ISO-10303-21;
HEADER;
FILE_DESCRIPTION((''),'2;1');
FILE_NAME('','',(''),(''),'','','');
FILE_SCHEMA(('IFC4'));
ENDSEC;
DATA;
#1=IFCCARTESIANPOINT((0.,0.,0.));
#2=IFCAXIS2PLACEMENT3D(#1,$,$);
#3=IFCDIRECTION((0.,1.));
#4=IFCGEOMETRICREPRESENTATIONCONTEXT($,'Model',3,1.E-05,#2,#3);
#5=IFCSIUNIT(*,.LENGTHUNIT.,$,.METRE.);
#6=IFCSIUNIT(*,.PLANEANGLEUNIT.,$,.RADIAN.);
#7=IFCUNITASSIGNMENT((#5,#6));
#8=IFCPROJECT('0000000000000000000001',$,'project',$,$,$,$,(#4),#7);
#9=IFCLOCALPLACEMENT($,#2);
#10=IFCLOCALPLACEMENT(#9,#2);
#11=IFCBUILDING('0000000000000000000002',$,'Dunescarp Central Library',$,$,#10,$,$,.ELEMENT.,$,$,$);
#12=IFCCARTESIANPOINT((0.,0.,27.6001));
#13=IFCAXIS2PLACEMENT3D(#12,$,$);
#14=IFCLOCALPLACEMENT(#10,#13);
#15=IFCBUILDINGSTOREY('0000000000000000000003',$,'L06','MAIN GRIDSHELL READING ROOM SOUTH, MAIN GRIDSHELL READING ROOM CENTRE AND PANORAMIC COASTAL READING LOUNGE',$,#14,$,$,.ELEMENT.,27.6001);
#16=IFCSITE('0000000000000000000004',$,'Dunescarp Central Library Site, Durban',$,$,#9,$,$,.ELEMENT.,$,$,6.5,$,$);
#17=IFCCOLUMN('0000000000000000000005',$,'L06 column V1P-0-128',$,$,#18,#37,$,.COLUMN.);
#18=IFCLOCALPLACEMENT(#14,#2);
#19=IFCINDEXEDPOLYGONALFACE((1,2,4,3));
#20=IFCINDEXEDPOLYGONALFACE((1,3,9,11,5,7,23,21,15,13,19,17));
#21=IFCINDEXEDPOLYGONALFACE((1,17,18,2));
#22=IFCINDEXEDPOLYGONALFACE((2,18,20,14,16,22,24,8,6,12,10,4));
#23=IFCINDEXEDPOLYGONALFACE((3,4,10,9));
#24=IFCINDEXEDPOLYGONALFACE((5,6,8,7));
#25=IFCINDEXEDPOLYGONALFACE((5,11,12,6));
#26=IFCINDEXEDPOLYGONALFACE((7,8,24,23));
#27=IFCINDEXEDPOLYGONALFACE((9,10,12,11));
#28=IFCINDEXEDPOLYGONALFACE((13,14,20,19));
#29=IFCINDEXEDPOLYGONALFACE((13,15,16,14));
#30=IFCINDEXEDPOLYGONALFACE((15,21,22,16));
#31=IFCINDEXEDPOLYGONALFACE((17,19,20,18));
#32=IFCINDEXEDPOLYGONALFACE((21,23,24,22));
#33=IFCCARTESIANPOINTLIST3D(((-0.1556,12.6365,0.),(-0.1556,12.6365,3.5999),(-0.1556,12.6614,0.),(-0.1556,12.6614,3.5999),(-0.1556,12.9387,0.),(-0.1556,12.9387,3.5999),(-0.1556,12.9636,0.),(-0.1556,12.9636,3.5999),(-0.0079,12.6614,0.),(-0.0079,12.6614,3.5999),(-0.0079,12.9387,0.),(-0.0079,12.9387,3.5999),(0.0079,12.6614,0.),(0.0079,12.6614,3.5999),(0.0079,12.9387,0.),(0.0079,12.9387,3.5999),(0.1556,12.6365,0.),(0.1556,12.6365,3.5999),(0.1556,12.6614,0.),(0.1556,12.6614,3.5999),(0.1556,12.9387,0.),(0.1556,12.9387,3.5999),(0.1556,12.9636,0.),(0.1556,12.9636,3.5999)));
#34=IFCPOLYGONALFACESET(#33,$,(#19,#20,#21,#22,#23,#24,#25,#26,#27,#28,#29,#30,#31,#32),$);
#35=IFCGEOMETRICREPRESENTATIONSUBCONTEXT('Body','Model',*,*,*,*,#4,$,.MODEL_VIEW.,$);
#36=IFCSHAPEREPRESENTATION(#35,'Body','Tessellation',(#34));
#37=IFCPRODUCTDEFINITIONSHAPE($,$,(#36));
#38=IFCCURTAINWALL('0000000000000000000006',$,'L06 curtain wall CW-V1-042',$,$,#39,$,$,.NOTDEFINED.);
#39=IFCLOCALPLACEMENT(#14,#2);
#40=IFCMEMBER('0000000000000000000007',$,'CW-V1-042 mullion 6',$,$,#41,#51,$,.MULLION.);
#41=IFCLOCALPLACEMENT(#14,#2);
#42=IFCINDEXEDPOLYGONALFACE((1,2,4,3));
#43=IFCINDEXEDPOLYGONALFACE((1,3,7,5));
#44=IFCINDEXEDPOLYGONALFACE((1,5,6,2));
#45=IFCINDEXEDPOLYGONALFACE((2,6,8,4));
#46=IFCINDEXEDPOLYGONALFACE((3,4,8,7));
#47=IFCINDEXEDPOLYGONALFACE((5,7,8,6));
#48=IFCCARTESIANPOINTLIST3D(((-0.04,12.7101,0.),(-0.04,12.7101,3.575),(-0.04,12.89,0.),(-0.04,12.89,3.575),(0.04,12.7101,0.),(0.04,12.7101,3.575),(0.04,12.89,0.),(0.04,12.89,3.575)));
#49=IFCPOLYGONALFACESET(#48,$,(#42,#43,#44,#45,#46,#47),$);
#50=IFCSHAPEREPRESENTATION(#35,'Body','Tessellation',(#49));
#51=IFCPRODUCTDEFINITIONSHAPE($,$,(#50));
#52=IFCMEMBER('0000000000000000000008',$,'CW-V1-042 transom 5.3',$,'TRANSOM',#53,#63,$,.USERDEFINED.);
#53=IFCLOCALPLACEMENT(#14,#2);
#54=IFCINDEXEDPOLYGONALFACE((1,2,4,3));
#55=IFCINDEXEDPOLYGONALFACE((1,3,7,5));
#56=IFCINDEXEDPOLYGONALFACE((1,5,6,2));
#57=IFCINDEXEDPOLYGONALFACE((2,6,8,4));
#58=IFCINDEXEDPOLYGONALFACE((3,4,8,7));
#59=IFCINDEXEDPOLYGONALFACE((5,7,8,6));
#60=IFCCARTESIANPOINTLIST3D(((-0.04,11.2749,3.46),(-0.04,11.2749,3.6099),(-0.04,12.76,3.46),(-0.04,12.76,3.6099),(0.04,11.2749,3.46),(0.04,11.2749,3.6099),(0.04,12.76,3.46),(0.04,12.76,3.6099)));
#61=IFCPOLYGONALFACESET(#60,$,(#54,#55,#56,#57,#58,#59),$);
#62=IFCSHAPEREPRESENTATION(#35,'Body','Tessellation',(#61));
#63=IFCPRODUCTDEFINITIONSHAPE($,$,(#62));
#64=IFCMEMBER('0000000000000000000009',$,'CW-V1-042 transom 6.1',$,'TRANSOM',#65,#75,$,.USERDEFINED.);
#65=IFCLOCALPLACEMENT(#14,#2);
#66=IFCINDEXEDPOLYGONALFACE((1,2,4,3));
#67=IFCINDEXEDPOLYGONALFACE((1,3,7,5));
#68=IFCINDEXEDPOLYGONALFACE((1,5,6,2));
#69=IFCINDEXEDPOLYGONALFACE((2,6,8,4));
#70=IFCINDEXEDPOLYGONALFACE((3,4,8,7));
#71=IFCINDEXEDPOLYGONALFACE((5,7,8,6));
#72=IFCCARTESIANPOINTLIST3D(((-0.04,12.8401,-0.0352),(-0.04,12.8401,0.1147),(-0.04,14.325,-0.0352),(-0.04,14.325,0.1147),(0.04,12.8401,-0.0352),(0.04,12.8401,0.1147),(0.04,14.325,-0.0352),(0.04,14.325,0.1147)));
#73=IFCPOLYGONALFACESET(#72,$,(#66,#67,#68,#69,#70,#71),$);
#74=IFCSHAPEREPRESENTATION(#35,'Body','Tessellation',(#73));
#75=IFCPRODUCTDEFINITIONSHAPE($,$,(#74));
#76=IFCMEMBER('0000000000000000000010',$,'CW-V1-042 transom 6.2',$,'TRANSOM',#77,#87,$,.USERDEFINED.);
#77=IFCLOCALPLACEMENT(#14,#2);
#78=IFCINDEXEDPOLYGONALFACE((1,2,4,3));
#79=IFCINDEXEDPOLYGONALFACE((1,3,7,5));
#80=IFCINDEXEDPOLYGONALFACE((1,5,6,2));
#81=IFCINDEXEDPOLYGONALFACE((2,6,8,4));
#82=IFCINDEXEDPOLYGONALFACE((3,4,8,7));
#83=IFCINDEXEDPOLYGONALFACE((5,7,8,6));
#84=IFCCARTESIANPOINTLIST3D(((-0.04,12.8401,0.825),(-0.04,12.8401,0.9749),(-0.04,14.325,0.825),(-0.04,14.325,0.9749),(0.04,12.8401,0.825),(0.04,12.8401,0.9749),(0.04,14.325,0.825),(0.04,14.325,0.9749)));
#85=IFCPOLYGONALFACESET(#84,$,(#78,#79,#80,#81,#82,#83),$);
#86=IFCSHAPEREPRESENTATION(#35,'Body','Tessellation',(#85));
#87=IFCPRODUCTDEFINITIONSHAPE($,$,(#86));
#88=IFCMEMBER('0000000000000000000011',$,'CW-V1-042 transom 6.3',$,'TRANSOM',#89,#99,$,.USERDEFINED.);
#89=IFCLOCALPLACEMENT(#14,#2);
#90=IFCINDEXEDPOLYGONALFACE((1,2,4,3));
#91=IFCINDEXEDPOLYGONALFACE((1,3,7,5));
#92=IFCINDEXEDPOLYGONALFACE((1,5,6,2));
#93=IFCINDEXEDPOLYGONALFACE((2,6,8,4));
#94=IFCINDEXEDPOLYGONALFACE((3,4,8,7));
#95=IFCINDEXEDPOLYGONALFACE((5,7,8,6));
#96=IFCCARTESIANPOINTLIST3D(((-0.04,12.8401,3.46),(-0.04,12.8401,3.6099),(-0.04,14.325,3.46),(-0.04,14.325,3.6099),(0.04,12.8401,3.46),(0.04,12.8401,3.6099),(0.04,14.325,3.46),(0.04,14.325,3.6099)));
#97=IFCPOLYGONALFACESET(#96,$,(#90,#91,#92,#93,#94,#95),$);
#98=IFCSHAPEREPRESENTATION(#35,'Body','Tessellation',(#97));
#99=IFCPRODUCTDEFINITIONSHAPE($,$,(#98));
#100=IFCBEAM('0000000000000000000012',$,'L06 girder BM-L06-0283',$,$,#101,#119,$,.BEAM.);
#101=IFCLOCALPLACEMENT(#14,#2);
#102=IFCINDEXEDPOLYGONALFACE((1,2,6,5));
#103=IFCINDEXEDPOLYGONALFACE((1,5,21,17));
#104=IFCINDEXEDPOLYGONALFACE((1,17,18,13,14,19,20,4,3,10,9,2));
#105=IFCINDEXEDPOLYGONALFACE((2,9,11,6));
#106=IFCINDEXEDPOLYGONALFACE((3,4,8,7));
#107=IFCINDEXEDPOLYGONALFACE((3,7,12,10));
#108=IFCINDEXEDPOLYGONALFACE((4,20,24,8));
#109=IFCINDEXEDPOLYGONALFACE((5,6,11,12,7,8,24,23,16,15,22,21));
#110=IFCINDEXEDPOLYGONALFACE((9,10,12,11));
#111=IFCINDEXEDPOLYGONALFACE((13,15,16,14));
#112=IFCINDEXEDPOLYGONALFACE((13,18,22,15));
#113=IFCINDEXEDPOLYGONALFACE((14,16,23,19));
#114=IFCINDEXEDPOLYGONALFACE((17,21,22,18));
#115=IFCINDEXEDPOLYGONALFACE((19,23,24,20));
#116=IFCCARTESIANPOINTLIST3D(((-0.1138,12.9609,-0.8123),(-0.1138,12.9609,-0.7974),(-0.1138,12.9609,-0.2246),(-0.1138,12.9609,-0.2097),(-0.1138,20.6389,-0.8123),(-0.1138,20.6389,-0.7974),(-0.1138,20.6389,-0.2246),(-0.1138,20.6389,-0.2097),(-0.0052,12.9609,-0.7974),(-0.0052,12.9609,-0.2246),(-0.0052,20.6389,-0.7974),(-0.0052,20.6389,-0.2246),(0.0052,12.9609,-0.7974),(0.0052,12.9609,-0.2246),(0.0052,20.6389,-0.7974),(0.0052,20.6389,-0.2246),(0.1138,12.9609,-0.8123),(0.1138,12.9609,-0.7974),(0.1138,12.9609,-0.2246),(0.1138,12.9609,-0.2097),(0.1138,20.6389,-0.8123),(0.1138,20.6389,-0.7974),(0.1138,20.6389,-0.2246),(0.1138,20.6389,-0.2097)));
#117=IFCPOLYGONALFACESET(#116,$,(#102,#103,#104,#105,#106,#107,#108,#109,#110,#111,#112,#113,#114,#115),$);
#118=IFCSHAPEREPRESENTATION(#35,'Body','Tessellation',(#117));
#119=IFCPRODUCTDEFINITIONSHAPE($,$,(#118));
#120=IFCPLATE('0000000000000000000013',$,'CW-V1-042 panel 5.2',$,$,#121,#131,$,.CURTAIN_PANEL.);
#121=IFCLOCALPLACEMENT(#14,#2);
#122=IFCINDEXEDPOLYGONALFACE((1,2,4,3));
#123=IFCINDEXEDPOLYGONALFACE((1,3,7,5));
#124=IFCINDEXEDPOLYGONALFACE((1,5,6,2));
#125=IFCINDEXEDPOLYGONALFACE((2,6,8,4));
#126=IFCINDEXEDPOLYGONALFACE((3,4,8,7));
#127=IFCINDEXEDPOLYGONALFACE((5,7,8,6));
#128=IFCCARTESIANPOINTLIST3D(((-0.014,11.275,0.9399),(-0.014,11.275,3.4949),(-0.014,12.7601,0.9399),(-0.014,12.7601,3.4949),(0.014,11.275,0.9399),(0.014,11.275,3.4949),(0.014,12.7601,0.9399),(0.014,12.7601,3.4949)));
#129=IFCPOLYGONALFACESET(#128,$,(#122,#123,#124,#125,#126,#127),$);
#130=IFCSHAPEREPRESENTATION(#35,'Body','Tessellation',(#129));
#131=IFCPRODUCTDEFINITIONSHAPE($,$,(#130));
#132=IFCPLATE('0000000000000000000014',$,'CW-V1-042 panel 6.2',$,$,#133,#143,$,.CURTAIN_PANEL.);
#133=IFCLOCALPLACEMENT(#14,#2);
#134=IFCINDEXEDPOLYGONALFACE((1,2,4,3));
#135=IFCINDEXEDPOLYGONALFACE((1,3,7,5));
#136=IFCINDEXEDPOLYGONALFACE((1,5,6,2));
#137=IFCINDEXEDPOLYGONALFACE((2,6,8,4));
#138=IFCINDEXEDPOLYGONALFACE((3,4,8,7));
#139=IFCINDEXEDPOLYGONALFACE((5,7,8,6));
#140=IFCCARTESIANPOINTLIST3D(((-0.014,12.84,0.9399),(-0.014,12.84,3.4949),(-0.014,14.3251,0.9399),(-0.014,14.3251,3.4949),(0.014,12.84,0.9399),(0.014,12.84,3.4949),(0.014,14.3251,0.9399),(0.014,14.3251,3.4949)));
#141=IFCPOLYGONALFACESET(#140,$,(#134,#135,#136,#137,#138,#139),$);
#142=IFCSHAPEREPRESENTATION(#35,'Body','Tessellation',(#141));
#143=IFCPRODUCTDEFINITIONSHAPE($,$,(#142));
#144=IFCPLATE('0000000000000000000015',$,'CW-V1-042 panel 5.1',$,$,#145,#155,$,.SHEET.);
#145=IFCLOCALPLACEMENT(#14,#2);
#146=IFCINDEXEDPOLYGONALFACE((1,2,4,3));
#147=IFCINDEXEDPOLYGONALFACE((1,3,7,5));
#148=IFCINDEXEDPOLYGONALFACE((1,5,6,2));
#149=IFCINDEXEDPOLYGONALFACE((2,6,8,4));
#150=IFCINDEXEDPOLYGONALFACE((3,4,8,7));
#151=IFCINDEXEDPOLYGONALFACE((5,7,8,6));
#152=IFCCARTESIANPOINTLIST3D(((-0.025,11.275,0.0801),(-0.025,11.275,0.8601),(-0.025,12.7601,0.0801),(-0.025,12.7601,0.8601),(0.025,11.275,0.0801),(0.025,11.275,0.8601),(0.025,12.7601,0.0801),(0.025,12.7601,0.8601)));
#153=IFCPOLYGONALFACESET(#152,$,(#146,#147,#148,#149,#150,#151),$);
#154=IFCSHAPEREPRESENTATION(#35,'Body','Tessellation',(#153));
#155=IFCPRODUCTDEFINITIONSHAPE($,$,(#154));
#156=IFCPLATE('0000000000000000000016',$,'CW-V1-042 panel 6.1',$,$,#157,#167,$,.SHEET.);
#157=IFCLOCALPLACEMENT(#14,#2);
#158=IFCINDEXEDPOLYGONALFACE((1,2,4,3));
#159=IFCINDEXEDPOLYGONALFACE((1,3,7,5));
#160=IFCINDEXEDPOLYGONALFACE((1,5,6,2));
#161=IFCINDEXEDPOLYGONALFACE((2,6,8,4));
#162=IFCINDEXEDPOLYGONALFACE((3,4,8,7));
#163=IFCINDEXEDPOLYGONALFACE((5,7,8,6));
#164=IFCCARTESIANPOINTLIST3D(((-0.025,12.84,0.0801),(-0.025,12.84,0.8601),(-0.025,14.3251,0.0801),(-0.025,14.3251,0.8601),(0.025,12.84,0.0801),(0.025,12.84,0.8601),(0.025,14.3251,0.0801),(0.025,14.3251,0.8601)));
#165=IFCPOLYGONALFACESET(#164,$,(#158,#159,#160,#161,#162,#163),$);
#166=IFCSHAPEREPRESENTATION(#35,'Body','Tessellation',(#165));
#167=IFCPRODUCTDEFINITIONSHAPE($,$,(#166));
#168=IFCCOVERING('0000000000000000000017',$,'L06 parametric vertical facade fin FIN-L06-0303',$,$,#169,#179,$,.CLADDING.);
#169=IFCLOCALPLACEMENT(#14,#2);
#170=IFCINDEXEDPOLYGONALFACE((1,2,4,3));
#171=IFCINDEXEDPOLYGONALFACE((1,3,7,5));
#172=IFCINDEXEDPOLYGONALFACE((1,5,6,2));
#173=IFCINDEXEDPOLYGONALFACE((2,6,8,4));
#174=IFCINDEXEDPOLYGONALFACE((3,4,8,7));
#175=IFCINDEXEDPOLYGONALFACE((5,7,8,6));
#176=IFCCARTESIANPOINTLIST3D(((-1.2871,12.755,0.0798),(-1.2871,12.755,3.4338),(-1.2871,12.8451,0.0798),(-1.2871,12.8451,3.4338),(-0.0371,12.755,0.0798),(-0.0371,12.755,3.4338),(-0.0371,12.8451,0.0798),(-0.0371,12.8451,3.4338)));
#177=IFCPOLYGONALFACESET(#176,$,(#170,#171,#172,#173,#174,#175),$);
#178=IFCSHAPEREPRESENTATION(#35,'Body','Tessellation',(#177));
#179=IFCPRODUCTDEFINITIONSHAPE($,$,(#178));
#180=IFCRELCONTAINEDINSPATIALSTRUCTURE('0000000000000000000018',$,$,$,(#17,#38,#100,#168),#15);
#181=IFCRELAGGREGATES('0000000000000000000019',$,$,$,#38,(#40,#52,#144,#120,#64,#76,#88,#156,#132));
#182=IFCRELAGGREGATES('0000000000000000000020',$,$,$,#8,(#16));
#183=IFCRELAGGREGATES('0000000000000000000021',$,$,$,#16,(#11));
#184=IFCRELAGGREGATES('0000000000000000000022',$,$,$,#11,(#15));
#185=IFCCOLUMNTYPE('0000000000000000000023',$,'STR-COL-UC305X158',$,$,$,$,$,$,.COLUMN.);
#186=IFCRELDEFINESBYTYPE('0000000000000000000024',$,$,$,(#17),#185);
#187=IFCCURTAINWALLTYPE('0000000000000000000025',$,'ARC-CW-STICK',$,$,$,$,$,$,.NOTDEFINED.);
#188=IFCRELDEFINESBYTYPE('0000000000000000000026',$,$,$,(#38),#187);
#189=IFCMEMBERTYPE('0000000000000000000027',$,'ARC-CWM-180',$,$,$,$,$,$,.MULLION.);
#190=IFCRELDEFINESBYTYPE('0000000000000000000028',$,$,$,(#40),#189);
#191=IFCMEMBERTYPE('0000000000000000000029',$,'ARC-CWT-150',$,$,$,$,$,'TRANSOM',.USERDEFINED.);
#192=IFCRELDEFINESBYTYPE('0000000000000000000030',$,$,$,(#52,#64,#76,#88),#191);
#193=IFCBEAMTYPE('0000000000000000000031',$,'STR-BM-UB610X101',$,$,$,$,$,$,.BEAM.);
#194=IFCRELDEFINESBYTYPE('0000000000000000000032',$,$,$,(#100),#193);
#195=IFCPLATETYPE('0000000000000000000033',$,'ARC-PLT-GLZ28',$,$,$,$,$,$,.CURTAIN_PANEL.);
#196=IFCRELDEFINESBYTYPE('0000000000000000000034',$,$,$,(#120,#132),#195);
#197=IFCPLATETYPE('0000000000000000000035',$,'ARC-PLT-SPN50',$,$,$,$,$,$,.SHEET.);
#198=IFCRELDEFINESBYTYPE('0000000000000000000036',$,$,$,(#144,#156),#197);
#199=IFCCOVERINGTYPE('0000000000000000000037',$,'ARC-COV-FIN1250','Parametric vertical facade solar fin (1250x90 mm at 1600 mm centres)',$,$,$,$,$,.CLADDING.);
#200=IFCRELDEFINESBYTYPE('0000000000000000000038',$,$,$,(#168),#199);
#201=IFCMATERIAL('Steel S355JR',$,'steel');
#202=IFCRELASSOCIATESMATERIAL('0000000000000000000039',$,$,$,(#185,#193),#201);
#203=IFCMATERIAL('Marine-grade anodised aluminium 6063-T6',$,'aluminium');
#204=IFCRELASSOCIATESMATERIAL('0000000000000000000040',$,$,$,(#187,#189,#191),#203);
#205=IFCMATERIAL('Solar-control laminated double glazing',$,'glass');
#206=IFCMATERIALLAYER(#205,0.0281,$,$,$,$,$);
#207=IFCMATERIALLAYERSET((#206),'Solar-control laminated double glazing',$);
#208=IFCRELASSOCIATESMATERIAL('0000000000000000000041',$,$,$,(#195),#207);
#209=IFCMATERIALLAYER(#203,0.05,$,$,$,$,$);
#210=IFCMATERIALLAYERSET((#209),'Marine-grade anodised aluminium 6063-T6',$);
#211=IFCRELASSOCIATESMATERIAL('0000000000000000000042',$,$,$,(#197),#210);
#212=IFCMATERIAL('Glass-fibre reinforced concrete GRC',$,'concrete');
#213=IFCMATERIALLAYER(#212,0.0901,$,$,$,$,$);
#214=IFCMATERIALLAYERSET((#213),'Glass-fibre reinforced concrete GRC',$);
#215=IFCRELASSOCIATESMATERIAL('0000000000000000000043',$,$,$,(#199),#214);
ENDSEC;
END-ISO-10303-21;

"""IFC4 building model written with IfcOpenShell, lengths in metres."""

from ifc_helpers import new_model, si_unit, direction, frame, origin, origin_2d, place, context, subcontext, project, spatial, rectangle, i_section, extrude, material, layer, layer_set, material_profile, profile_set, type_object, element, aggregate, save


model = new_model("IFC4")

# Units and contexts
model_context = context("Model", 3, precision=1e-05, world=origin(), true_north=direction((0.0, 1.0)))
body_context = subcontext(model_context, "Body", "Model", "MODEL_VIEW")
ifc_project = project(units=[si_unit("LENGTHUNIT", "METRE"), si_unit("PLANEANGLEUNIT", "RADIAN")], contexts=[model_context])

# Site, building, storey
site_placement = place(None, origin())
site = spatial("IfcSite", under=ifc_project, at=site_placement, Name="Dunescarp Central Library Site, Durban", CompositionType="ELEMENT", RefElevation=6.5)
building_placement = place(site_placement, origin())
building = spatial("IfcBuilding", under=site, at=building_placement, Name="Dunescarp Central Library", CompositionType="ELEMENT")
storey_placement = place(building_placement, frame((0.0, 0.0, 27.6001)))
storey = spatial("IfcBuildingStorey", under=building, at=storey_placement, Name="L06", Description="MAIN GRIDSHELL READING ROOM SOUTH, MAIN GRIDSHELL READING ROOM CENTRE AND PANORAMIC COASTAL READING LOUNGE", CompositionType="ELEMENT", Elevation=27.6001)

# Column
ifc_material_1 = material(Name="Steel S355JR", Category="steel")
ifc_material_profile_1 = material_profile(ifc_material_1, i_section(OverallWidth=0.3113, OverallDepth=0.3271, WebThickness=0.0159, FlangeThickness=0.0249, at=origin_2d()), Name="UC 305x305x158")
ifc_profile_set_1 = profile_set([ifc_material_profile_1], Name="Steel S355JR")
column_type = type_object("IfcColumnType", Name="STR-COL-UC305X158", PredefinedType="COLUMN", material=ifc_profile_set_1)
column_placement = place(storey_placement, frame((0.0, 12.8, 0.0), z_axis=(0.0, 0.0, 1.0), x_axis=(1.0, 0.0, 0.0)))
element("IfcColumn", 1, at=column_placement, inside=storey, type_object=column_type, Name="L06 column V1P-0-128", PredefinedType="COLUMN", context=body_context, shape_type="SweptSolid", body=[
    extrude(i_section(OverallWidth=0.3113, OverallDepth=0.3271, WebThickness=0.0159, FlangeThickness=0.0249, at=origin_2d()), origin(), (0.0, 0.0, 1.0), 3.5999),
])

# Curtain wall, members
ifc_material_2 = material(Name="Marine-grade anodised aluminium 6063-T6", Category="aluminium")
curtain_wall_type = type_object("IfcCurtainWallType", Name="ARC-CW-STICK", PredefinedType="NOTDEFINED", material=ifc_material_2)
curtain_wall_placement = place(storey_placement, origin())
curtain_wall = element("IfcCurtainWall", 2, at=curtain_wall_placement, inside=storey, type_object=curtain_wall_type, Name="L06 curtain wall CW-V1-042", PredefinedType="NOTDEFINED")
ifc_material_profile_2 = material_profile(ifc_material_2, rectangle(XDim=0.0801, YDim=0.1799, at=origin_2d()), Name="AL 80x180")
ifc_profile_set_2 = profile_set([ifc_material_profile_2], Name="Marine-grade anodised aluminium 6063-T6")
member_type_1 = type_object("IfcMemberType", Name="ARC-CWM-180", PredefinedType="MULLION", material=ifc_profile_set_2)
member_1_placement = place(storey_placement, frame((0.0, 12.8, 0.0), z_axis=(0.0, 0.0, 1.0), x_axis=(-1.0, 0.0, 0.0)))
member_1 = element("IfcMember", 3, at=member_1_placement, type_object=member_type_1, Name="CW-V1-042 mullion 6", PredefinedType="MULLION", context=body_context, shape_type="SweptSolid", body=[
    extrude(rectangle(XDim=0.0801, YDim=0.1799, at=origin_2d()), origin(), (0.0, 0.0, 1.0), 3.575),
])
ifc_material_profile_3 = material_profile(ifc_material_2, rectangle(XDim=0.0801, YDim=0.1499, at=origin_2d()), Name="AL 80x150")
ifc_profile_set_3 = profile_set([ifc_material_profile_3], Name="Marine-grade anodised aluminium 6063-T6")
member_type_2 = type_object("IfcMemberType", Name="ARC-CWT-150", ElementType="TRANSOM", PredefinedType="USERDEFINED", material=ifc_profile_set_3)
member_2_placement = place(storey_placement, frame((0.0, 11.2749, 3.5349), z_axis=(0.0, 1.0, 0.0), x_axis=(-1.0, 0.0, 0.0)))
member_2 = element("IfcMember", 4, at=member_2_placement, type_object=member_type_2, Name="CW-V1-042 transom 5.3", ObjectType="TRANSOM", PredefinedType="USERDEFINED", context=body_context, shape_type="SweptSolid", body=[
    extrude(rectangle(XDim=0.0801, YDim=0.1499, at=origin_2d()), origin(), (0.0, 0.0, 1.0), 1.4851),
])
member_3_placement = place(storey_placement, frame((0.0, 12.8401, 0.0398), z_axis=(0.0, 1.0, 0.0), x_axis=(-1.0, 0.0, 0.0)))
member_3 = element("IfcMember", 5, at=member_3_placement, type_object=member_type_2, Name="CW-V1-042 transom 6.1", ObjectType="TRANSOM", PredefinedType="USERDEFINED", context=body_context, shape_type="SweptSolid", body=[
    extrude(rectangle(XDim=0.0801, YDim=0.1499, at=origin_2d()), origin(), (0.0, 0.0, 1.0), 1.4849),
])
member_4_placement = place(storey_placement, frame((0.0, 12.8401, 0.8999), z_axis=(0.0, 1.0, 0.0), x_axis=(-1.0, 0.0, 0.0)))
member_4 = element("IfcMember", 6, at=member_4_placement, type_object=member_type_2, Name="CW-V1-042 transom 6.2", ObjectType="TRANSOM", PredefinedType="USERDEFINED", context=body_context, shape_type="SweptSolid", body=[
    extrude(rectangle(XDim=0.0801, YDim=0.1499, at=origin_2d()), origin(), (0.0, 0.0, 1.0), 1.4849),
])
member_5_placement = place(storey_placement, frame((0.0, 12.8401, 3.5349), z_axis=(0.0, 1.0, 0.0), x_axis=(-1.0, 0.0, 0.0)))
member_5 = element("IfcMember", 7, at=member_5_placement, type_object=member_type_2, Name="CW-V1-042 transom 6.3", ObjectType="TRANSOM", PredefinedType="USERDEFINED", context=body_context, shape_type="SweptSolid", body=[
    extrude(rectangle(XDim=0.0801, YDim=0.1499, at=origin_2d()), origin(), (0.0, 0.0, 1.0), 1.4849),
])

# Beam
ifc_material_profile_4 = material_profile(ifc_material_1, i_section(OverallWidth=0.2275, OverallDepth=0.6025, WebThickness=0.0105, FlangeThickness=0.0149, at=origin_2d()), Name="UB 610x229x101")
ifc_profile_set_4 = profile_set([ifc_material_profile_4], Name="Steel S355JR")
beam_type = type_object("IfcBeamType", Name="STR-BM-UB610X101", PredefinedType="BEAM", material=ifc_profile_set_4)
beam_placement = place(storey_placement, frame((0.0, 12.9609, -0.511), z_axis=(0.0, 1.0, 0.0), x_axis=(-1.0, 0.0, 0.0)))
element("IfcBeam", 8, at=beam_placement, inside=storey, type_object=beam_type, Name="L06 girder BM-L06-0283", PredefinedType="BEAM", context=body_context, shape_type="SweptSolid", body=[
    extrude(i_section(OverallWidth=0.2275, OverallDepth=0.6025, WebThickness=0.0105, FlangeThickness=0.0149, at=origin_2d()), origin(), (0.0, 0.0, 1.0), 7.678),
])

# Plates
ifc_material_3 = material(Name="Solar-control laminated double glazing", Category="glass")
ifc_layer_1 = layer(ifc_material_3, 0.0281)
ifc_layer_set_1 = layer_set([ifc_layer_1], Name="Solar-control laminated double glazing")
plate_type_1 = type_object("IfcPlateType", Name="ARC-PLT-GLZ28", PredefinedType="CURTAIN_PANEL", material=ifc_layer_set_1)
plate_1_placement = place(storey_placement, frame((0.0, 12.0176, 0.9399), z_axis=(0.0, 0.0, 1.0), x_axis=(0.0, 1.0, 0.0)))
plate_1 = element("IfcPlate", 9, at=plate_1_placement, type_object=plate_type_1, Name="CW-V1-042 panel 5.2", PredefinedType="CURTAIN_PANEL", context=body_context, shape_type="SweptSolid", body=[
    extrude(rectangle(XDim=1.4851, YDim=0.0281, at=origin_2d()), origin(), (0.0, 0.0, 1.0), 2.5549),
])
plate_2_placement = place(storey_placement, frame((0.0, 13.5825, 0.9399), z_axis=(0.0, 0.0, 1.0), x_axis=(0.0, 1.0, 0.0)))
plate_2 = element("IfcPlate", 10, at=plate_2_placement, type_object=plate_type_1, Name="CW-V1-042 panel 6.2", PredefinedType="CURTAIN_PANEL", context=body_context, shape_type="SweptSolid", body=[
    extrude(rectangle(XDim=1.4851, YDim=0.0281, at=origin_2d()), origin(), (0.0, 0.0, 1.0), 2.5549),
])
ifc_layer_2 = layer(ifc_material_2, 0.05)
ifc_layer_set_2 = layer_set([ifc_layer_2], Name="Marine-grade anodised aluminium 6063-T6")
plate_type_2 = type_object("IfcPlateType", Name="ARC-PLT-SPN50", PredefinedType="SHEET", material=ifc_layer_set_2)
plate_3_placement = place(storey_placement, frame((0.0, 12.0176, 0.0801), z_axis=(0.0, 0.0, 1.0), x_axis=(0.0, 1.0, 0.0)))
plate_3 = element("IfcPlate", 11, at=plate_3_placement, type_object=plate_type_2, Name="CW-V1-042 panel 5.1", PredefinedType="SHEET", context=body_context, shape_type="SweptSolid", body=[
    extrude(rectangle(XDim=1.4851, YDim=0.05, at=origin_2d()), origin(), (0.0, 0.0, 1.0), 0.78),
])
plate_4_placement = place(storey_placement, frame((0.0, 13.5825, 0.0801), z_axis=(0.0, 0.0, 1.0), x_axis=(0.0, 1.0, 0.0)))
plate_4 = element("IfcPlate", 12, at=plate_4_placement, type_object=plate_type_2, Name="CW-V1-042 panel 6.1", PredefinedType="SHEET", context=body_context, shape_type="SweptSolid", body=[
    extrude(rectangle(XDim=1.4851, YDim=0.05, at=origin_2d()), origin(), (0.0, 0.0, 1.0), 0.78),
])
aggregate(curtain_wall, [member_1, member_2, plate_3, plate_1, member_3, member_4, member_5, plate_4, plate_2])

# Covering
ifc_material_4 = material(Name="Glass-fibre reinforced concrete GRC", Category="concrete")
ifc_layer_3 = layer(ifc_material_4, 0.0901)
ifc_layer_set_3 = layer_set([ifc_layer_3], Name="Glass-fibre reinforced concrete GRC")
covering_type = type_object("IfcCoveringType", Name="ARC-COV-FIN1250", Description="Parametric vertical facade solar fin (1250x90 mm at 1600 mm centres)", PredefinedType="CLADDING", material=ifc_layer_set_3)
covering_1_placement = place(storey_placement, frame((-0.6621, 12.8, 0.0798), z_axis=(0.0, 0.0, 1.0), x_axis=(-1.0, 0.0, 0.0)))
element("IfcCovering", 13, at=covering_1_placement, inside=storey, type_object=covering_type, Name="L06 parametric vertical facade fin FIN-L06-0303", PredefinedType="CLADDING", context=body_context, shape_type="SweptSolid", body=[
    extrude(rectangle(XDim=1.25, YDim=0.0901, at=origin_2d()), origin(), (0.0, 0.0, 1.0), 3.354),
])

save(model, "model.ifc")
